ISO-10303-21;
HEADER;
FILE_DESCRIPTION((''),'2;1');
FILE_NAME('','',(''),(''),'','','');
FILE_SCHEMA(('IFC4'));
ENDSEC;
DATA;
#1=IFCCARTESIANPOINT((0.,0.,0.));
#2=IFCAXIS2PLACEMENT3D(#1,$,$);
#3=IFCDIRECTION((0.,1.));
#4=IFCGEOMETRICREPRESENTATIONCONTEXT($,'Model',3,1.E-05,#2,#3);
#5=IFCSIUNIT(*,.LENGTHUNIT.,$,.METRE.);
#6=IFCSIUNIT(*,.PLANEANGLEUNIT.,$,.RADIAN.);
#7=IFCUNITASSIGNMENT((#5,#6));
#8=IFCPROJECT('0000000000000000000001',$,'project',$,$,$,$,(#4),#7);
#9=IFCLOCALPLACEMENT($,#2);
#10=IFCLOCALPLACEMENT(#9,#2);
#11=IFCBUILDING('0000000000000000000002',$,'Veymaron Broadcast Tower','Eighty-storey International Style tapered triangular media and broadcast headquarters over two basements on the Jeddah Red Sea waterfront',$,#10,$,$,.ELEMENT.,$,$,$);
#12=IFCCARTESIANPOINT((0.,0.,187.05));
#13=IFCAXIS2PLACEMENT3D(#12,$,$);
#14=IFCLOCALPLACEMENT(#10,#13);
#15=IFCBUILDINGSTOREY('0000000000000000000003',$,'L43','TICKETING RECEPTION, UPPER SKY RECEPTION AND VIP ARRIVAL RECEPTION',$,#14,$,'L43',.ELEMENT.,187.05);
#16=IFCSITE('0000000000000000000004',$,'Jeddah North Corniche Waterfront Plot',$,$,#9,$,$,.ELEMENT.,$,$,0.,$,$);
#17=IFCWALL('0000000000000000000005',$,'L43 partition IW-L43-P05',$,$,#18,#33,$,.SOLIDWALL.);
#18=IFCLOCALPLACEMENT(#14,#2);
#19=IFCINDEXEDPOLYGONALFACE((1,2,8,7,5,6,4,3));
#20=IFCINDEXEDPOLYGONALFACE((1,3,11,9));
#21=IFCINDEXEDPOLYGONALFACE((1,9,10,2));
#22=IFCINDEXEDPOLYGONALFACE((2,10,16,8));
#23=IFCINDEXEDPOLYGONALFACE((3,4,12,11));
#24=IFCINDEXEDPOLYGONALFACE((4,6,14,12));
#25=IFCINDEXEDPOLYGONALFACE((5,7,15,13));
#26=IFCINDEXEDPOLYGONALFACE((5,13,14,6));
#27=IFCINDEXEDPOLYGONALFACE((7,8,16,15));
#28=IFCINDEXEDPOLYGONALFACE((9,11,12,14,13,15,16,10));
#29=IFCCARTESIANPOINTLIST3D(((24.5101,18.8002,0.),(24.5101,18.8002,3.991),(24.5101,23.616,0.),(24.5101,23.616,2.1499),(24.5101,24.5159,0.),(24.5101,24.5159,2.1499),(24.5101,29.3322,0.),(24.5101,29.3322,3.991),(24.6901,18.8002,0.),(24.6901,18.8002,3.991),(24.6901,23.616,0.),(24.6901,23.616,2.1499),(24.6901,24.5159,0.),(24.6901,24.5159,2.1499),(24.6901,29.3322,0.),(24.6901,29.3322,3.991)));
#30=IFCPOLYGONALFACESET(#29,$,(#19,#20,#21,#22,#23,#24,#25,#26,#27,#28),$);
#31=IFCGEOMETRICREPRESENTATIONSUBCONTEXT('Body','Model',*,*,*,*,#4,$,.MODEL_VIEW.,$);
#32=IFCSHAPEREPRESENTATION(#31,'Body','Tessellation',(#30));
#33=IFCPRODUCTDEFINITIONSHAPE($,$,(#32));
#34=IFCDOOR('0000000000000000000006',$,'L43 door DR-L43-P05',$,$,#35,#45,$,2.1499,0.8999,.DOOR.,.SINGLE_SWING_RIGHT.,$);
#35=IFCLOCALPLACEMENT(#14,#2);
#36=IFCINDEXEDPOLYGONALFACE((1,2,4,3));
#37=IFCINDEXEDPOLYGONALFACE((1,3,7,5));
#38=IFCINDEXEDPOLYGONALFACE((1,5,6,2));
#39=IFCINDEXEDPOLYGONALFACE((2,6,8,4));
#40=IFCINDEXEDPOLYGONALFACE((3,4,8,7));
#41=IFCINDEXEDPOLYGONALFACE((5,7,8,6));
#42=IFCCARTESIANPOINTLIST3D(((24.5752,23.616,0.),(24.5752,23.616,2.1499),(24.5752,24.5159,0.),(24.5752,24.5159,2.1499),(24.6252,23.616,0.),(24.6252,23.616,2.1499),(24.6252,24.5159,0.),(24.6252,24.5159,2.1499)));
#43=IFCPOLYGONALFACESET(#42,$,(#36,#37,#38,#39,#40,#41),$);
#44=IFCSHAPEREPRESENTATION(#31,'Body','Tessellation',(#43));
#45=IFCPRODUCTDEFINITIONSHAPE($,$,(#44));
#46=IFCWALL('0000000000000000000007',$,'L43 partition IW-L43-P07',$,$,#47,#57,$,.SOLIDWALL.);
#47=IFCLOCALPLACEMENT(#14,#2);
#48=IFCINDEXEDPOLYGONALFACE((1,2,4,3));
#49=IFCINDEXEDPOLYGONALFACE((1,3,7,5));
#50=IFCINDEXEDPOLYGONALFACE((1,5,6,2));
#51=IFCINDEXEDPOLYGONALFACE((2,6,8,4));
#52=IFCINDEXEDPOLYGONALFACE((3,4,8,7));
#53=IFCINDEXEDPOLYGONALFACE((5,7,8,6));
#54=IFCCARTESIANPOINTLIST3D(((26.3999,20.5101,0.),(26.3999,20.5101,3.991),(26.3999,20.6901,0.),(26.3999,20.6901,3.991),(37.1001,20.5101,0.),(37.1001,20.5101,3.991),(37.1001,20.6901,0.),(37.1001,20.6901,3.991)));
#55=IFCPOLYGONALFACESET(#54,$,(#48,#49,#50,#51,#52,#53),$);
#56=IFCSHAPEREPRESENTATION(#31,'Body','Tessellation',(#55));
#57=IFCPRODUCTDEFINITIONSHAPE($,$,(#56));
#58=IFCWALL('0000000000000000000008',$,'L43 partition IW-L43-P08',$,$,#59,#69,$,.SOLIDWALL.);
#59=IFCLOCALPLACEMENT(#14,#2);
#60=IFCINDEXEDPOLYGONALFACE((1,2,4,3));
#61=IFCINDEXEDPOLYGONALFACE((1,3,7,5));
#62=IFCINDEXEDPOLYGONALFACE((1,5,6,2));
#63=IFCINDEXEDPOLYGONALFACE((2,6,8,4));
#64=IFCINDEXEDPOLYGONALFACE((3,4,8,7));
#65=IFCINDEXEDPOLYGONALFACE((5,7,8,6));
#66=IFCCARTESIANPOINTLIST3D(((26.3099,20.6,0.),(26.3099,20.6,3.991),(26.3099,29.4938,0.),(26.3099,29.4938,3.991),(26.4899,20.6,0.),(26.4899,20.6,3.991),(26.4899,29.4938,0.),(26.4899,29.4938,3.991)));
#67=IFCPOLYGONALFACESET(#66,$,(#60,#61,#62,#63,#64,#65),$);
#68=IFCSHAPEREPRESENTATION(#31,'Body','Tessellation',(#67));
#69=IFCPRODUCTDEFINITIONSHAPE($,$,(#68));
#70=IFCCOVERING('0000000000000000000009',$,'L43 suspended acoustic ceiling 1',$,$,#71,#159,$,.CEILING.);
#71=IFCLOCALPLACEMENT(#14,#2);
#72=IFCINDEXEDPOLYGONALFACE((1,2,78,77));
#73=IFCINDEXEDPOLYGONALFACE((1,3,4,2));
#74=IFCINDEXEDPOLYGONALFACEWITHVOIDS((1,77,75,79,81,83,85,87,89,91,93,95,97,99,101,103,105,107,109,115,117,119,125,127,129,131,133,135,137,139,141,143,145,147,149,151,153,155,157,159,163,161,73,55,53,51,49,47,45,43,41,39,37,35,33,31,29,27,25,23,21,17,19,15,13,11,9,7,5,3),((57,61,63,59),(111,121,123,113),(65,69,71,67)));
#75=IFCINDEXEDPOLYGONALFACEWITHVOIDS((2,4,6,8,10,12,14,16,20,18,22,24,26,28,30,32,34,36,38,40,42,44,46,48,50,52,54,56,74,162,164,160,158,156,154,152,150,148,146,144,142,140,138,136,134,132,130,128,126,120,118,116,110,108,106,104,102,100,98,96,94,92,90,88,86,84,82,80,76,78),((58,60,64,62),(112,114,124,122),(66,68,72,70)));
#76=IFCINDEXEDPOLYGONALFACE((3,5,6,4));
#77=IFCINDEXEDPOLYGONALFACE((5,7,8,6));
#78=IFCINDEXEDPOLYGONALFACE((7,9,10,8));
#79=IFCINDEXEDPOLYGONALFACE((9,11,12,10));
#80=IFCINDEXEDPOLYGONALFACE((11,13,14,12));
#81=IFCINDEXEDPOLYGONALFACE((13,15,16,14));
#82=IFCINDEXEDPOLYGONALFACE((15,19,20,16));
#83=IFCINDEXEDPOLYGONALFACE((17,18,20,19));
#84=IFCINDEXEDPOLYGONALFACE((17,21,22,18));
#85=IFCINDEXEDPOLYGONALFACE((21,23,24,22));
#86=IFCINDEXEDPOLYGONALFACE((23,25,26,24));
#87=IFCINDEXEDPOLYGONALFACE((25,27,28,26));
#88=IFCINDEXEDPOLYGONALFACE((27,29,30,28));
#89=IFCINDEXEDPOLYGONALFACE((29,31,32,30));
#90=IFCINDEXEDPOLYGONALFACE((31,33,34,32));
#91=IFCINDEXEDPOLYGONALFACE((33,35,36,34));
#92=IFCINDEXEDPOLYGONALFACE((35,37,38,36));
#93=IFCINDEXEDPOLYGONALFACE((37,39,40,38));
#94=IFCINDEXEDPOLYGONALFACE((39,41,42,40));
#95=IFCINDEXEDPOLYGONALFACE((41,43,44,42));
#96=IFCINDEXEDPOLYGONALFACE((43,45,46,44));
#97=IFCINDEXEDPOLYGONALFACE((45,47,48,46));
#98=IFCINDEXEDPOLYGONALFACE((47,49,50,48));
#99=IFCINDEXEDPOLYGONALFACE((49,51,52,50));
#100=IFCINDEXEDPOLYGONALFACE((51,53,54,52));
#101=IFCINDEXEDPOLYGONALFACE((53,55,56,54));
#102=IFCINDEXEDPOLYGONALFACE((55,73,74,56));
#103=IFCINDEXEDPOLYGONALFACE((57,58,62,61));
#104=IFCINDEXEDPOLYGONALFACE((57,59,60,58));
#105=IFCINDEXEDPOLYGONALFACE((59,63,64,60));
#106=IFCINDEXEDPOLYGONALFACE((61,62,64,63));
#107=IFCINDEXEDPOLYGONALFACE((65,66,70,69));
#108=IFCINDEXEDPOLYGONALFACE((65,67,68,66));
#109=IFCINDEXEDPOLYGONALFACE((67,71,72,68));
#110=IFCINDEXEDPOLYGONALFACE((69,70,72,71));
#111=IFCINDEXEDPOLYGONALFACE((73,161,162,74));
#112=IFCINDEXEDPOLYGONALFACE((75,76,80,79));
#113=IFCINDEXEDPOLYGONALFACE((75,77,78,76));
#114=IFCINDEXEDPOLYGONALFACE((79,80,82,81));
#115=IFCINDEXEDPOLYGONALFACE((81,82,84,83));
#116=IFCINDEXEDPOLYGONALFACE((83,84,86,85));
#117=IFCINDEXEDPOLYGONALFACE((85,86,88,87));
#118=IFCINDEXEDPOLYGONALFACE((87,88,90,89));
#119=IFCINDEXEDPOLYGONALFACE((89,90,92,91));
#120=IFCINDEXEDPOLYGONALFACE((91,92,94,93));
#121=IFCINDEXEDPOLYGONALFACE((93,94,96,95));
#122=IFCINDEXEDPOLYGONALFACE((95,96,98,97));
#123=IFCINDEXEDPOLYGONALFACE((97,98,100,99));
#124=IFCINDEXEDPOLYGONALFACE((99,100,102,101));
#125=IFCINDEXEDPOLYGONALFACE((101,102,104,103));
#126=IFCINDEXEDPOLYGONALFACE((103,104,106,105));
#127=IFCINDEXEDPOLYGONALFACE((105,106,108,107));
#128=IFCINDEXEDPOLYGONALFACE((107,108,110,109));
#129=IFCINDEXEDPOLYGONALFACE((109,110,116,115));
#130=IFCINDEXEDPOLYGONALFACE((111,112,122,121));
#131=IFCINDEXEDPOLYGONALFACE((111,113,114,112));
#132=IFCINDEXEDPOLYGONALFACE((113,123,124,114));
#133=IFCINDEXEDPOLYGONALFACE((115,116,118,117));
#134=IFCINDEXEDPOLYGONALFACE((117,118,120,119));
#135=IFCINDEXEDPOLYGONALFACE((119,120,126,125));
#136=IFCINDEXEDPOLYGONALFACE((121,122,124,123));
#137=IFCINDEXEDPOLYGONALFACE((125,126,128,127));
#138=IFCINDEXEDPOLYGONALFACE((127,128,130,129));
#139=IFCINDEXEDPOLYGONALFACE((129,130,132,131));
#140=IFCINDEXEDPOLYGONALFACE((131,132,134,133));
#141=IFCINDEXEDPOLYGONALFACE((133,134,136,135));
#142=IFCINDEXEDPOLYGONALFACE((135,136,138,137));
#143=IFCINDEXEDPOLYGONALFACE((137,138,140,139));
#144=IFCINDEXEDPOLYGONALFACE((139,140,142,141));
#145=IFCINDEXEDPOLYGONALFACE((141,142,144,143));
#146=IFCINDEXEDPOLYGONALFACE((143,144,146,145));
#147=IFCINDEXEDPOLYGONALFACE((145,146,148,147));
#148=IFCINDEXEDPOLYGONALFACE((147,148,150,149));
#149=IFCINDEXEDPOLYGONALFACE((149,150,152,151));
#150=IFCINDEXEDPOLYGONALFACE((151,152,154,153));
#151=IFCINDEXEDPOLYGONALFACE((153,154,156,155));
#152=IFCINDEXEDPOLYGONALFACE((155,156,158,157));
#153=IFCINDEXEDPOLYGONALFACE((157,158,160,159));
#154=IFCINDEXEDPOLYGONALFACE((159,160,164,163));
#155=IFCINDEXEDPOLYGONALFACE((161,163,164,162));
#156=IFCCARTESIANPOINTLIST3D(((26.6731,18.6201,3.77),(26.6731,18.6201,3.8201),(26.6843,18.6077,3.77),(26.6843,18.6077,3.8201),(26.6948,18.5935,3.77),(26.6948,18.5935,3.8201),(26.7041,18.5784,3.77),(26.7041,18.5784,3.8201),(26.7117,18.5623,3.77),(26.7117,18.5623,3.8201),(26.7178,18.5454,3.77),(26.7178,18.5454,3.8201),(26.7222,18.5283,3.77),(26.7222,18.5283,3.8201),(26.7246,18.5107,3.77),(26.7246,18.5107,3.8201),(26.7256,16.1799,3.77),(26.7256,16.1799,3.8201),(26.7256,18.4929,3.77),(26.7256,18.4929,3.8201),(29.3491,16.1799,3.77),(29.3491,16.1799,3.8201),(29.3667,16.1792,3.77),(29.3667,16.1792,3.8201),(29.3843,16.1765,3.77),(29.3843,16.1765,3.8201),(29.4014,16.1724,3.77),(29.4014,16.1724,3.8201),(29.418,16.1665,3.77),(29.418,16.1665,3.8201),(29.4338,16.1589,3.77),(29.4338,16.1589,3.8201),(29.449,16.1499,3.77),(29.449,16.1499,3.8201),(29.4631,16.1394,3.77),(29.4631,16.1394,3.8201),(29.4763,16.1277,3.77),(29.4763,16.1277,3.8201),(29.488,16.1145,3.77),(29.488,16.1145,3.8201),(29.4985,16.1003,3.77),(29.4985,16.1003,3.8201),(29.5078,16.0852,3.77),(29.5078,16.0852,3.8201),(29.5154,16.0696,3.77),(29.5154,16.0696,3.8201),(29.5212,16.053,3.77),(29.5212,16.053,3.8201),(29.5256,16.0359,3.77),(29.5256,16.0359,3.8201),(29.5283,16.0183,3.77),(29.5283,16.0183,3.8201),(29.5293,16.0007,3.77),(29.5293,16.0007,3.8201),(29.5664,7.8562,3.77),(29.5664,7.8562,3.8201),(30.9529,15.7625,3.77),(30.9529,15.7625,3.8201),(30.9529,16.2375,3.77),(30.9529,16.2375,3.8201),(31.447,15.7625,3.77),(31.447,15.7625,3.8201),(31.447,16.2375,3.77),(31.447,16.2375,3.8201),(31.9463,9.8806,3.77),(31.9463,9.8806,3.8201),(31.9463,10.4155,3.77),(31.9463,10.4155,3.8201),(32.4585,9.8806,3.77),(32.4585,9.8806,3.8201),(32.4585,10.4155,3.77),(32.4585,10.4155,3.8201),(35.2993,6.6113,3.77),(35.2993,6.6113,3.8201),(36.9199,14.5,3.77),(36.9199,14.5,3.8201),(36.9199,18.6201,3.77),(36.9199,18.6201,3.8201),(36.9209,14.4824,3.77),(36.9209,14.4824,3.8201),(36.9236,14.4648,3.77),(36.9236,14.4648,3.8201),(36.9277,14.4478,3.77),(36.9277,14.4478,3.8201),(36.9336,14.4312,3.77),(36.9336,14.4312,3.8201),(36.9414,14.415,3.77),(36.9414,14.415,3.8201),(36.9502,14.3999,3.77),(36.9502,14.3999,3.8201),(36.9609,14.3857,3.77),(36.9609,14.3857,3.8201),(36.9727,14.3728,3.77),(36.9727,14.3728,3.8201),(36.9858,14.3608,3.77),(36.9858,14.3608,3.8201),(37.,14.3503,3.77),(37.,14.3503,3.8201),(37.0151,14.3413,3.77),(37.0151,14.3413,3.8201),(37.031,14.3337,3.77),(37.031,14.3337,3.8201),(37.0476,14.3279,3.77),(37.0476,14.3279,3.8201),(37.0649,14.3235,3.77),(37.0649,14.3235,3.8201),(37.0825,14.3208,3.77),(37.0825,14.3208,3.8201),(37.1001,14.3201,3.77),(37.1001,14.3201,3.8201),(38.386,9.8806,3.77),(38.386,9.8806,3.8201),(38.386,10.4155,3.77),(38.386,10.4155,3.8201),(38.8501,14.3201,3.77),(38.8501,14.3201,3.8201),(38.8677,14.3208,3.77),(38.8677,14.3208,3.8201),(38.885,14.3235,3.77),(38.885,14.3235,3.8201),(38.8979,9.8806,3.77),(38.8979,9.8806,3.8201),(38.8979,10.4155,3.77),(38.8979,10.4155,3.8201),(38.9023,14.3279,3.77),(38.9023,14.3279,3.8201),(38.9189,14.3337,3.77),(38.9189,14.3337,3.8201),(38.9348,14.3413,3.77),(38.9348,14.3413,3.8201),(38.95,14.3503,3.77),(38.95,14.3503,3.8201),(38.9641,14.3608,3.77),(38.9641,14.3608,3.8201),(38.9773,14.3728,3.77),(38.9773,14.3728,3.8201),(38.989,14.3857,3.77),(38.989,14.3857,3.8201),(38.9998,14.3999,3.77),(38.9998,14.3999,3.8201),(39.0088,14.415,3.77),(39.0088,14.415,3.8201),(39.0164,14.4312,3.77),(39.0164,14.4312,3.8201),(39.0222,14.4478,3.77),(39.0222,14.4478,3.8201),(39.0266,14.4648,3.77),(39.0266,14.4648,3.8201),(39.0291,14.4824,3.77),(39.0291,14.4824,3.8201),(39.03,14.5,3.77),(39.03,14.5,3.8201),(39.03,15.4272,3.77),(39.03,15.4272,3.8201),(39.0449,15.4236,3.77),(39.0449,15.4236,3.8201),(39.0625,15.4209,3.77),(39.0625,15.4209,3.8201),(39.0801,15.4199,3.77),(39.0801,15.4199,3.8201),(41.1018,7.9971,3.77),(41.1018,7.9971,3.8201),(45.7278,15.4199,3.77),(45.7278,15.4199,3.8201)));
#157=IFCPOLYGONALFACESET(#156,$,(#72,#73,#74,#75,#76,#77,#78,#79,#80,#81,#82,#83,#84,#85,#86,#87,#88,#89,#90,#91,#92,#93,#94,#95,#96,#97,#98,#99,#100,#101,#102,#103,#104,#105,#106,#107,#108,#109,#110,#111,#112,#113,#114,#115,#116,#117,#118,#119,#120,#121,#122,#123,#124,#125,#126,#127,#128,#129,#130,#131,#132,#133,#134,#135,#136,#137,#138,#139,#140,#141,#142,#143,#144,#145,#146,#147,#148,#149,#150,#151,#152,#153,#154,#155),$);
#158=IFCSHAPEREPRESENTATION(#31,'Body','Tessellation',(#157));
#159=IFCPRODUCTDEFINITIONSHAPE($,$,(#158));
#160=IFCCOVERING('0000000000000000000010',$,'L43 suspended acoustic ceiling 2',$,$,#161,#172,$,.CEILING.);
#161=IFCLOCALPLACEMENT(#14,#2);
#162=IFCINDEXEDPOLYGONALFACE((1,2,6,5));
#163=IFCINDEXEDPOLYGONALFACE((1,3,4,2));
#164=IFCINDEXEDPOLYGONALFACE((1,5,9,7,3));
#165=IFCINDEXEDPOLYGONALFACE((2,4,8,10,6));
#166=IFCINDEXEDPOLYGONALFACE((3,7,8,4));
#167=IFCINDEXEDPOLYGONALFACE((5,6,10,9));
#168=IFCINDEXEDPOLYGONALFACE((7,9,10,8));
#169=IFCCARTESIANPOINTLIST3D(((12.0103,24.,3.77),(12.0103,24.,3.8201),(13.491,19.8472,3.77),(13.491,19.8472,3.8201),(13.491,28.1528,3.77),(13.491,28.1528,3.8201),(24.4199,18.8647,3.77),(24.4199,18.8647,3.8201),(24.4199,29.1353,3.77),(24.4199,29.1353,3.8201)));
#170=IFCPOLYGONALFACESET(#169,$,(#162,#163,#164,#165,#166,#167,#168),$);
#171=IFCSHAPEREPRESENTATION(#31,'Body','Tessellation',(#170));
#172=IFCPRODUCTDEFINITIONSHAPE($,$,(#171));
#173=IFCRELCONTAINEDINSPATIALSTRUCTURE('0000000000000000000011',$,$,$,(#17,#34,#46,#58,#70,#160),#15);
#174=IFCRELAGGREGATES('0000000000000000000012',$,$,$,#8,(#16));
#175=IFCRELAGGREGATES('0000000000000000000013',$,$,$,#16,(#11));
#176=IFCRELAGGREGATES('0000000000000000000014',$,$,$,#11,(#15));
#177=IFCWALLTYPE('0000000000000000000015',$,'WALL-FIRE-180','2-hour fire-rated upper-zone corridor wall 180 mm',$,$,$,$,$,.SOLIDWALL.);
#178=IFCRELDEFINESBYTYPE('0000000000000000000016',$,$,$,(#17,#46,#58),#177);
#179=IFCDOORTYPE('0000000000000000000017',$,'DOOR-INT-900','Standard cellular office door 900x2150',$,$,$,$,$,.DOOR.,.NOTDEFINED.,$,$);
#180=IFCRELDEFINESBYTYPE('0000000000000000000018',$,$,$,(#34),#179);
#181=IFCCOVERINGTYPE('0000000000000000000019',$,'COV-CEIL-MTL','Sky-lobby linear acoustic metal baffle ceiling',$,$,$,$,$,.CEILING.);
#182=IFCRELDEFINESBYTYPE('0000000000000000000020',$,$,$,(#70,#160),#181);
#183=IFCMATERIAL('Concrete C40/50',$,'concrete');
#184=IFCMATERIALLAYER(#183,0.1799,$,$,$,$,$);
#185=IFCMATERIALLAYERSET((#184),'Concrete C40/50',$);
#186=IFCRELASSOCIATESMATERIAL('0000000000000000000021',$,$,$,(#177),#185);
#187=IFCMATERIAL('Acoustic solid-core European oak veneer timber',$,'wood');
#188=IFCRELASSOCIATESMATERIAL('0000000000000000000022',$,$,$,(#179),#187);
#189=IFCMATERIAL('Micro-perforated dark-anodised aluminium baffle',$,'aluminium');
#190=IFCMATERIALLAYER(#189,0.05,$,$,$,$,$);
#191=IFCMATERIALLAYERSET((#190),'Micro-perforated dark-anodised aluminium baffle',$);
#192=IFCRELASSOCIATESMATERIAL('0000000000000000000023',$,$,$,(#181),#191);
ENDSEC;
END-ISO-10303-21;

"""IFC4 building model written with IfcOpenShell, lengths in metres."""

from ifc_helpers import new_model, si_unit, direction, frame, frame_2d, origin, place, context, subcontext, project, spatial, polyline, rectangle, outline, extrude, material, layer, layer_set, type_object, element, fill, save


model = new_model("IFC4")

# Units and contexts
model_context = context("Model", 3, precision=1e-05, world=origin(), true_north=direction((0.0, 1.0)))
body_context = subcontext(model_context, "Body", "Model", "MODEL_VIEW")
ifc_project = project(units=[si_unit("LENGTHUNIT", "METRE"), si_unit("PLANEANGLEUNIT", "RADIAN")], contexts=[model_context])

# Site, building, storey
site_placement = place(None, origin())
site = spatial("IfcSite", under=ifc_project, at=site_placement, Name="Jeddah North Corniche Waterfront Plot", CompositionType="ELEMENT", RefElevation=0.0)
building_placement = place(site_placement, origin())
building = spatial("IfcBuilding", under=site, at=building_placement, Name="Veymaron Broadcast Tower", Description="Eighty-storey International Style tapered triangular media and broadcast headquarters over two basements on the Jeddah Red Sea waterfront", CompositionType="ELEMENT")
storey_placement = place(building_placement, frame((0.0, 0.0, 187.05)))
storey = spatial("IfcBuildingStorey", under=building, at=storey_placement, Name="L43", Description="TICKETING RECEPTION, UPPER SKY RECEPTION AND VIP ARRIVAL RECEPTION", LongName="L43", CompositionType="ELEMENT", Elevation=187.05)

# Shared definitions
ifc_material_1 = material(Name="Concrete C40/50", Category="concrete")

# Wall, opening, door
ifc_layer_1 = layer(ifc_material_1, 0.1799)
ifc_layer_set_1 = layer_set([ifc_layer_1], Name="Concrete C40/50")
wall_type_1 = type_object("IfcWallType", Name="WALL-FIRE-180", Description="2-hour fire-rated upper-zone corridor wall 180 mm", PredefinedType="SOLIDWALL", material=ifc_layer_set_1)
ifc_material_2 = material(Name="Acoustic solid-core European oak veneer timber", Category="wood")
door_type = type_object("IfcDoorType", Name="DOOR-INT-900", Description="Standard cellular office door 900x2150", OperationType="NOTDEFINED", PredefinedType="DOOR", material=ifc_material_2)
wall_1_placement = place(storey_placement, frame((24.6001, 18.8, 0.0), z_axis=(0.0, 0.0, 1.0), x_axis=(0.0, 1.0, 0.0)))
wall_1 = element("IfcWall", 1, at=wall_1_placement, inside=storey, type_object=wall_type_1, Name="L43 partition IW-L43-P05", PredefinedType="SOLIDWALL", context=body_context, shape_type="SweptSolid", body=[
    extrude(rectangle(XDim=10.532, YDim=0.1799, at=frame_2d((5.2661, 0.0))), origin(), (0.0, 0.0, 1.0), 3.991),
])
opening_1_placement = place(wall_1_placement, frame((4.8159, 0.0, 0.0)))
opening_1 = element("IfcOpeningElement", 2, at=opening_1_placement, cuts=wall_1, PredefinedType="OPENING", context=body_context, shape_type="SweptSolid", body=[
    extrude(rectangle(XDim=0.8999, YDim=2.1499, at=frame_2d((0.45, 1.075))), frame((0.0, 0.1001, 0.0), z_axis=(0.0, -1.0, 0.0), x_axis=(1.0, 0.0, 0.0)), (0.0, 0.0, 1.0), 0.2),
])
door_1_placement = place(opening_1_placement, origin())
door_1 = element("IfcDoor", 3, at=door_1_placement, inside=storey, type_object=door_type, Name="L43 door DR-L43-P05", OperationType="SINGLE_SWING_RIGHT", OverallHeight=2.1499, OverallWidth=0.8999, PredefinedType="DOOR", context=body_context, shape_type="SweptSolid", body=[
    extrude(rectangle(XDim=0.8999, YDim=2.1499, at=frame_2d((0.45, 1.075))), frame((0.0, 0.0249, 0.0), z_axis=(0.0, -1.0, 0.0), x_axis=(1.0, 0.0, 0.0)), (0.0, 0.0, 1.0), 0.05),
])
fill(opening_1, door_1)

# Walls
wall_2_placement = place(storey_placement, frame((26.3999, 20.6001, 0.0), z_axis=(0.0, 0.0, 1.0), x_axis=(1.0, 0.0, 0.0)))
element("IfcWall", 4, at=wall_2_placement, inside=storey, type_object=wall_type_1, Name="L43 partition IW-L43-P07", PredefinedType="SOLIDWALL", context=body_context, shape_type="SweptSolid", body=[
    extrude(rectangle(XDim=10.7002, YDim=0.1799, at=frame_2d((5.3501, 0.0))), origin(), (0.0, 0.0, 1.0), 3.991),
])
wall_3_placement = place(storey_placement, frame((26.3999, 20.6001, 0.0), z_axis=(0.0, 0.0, 1.0), x_axis=(0.0, 1.0, 0.0)))
element("IfcWall", 5, at=wall_3_placement, inside=storey, type_object=wall_type_1, Name="L43 partition IW-L43-P08", PredefinedType="SOLIDWALL", context=body_context, shape_type="SweptSolid", body=[
    extrude(rectangle(XDim=8.8938, YDim=0.1799, at=frame_2d((4.4468, 0.0))), origin(), (0.0, 0.0, 1.0), 3.991),
])

# Coverings
ifc_material_3 = material(Name="Micro-perforated dark-anodised aluminium baffle", Category="aluminium")
ifc_layer_2 = layer(ifc_material_3, 0.05)
ifc_layer_set_2 = layer_set([ifc_layer_2], Name="Micro-perforated dark-anodised aluminium baffle")
covering_type_1 = type_object("IfcCoveringType", Name="COV-CEIL-MTL", Description="Sky-lobby linear acoustic metal baffle ceiling", PredefinedType="CEILING", material=ifc_layer_set_2)
covering_1_placement = place(storey_placement, frame((0.0, 0.0, 3.77)))
element("IfcCovering", 6, at=covering_1_placement, inside=storey, type_object=covering_type_1, Name="L43 suspended acoustic ceiling 1", PredefinedType="CEILING", context=body_context, shape_type="SweptSolid", body=[
    extrude(outline(polyline([(37.0476, 14.3279), (37.0649, 14.3235), (37.0825, 14.3208), (37.1001, 14.3201), (38.8501, 14.3201), (38.8677, 14.3208), (38.885, 14.3235), (38.9023, 14.3279), (38.9189, 14.3337), (38.9348, 14.3413), (38.95, 14.3503), (38.9641, 14.3608), (38.9773, 14.3728), (38.989, 14.3857), (38.9998, 14.3999), (39.0088, 14.415), (39.0164, 14.4312), (39.0222, 14.4478), (39.0266, 14.4648), (39.0291, 14.4824), (39.03, 14.5), (39.03, 15.4272), (39.0449, 15.4236), (39.0625, 15.4209), (39.0801, 15.4199), (45.7278, 15.4199), (41.1018, 7.9971), (35.2993, 6.6113), (29.5664, 7.8562), (29.5293, 16.0007), (29.5283, 16.0183), (29.5256, 16.0359), (29.5212, 16.053), (29.5154, 16.0696), (29.5078, 16.0852), (29.4985, 16.1003), (29.488, 16.1145), (29.4763, 16.1277), (29.4631, 16.1394), (29.449, 16.1499), (29.4338, 16.1589), (29.418, 16.1665), (29.4014, 16.1724), (29.3843, 16.1765), (29.3667, 16.1792), (29.3491, 16.1799), (26.7256, 16.1799), (26.7256, 18.4929), (26.7246, 18.5107), (26.7222, 18.5283), (26.7178, 18.5454), (26.7117, 18.5623), (26.7041, 18.5784), (26.6948, 18.5935), (26.6843, 18.6077), (26.6731, 18.6201), (36.9199, 18.6201), (36.9199, 14.5), (36.9209, 14.4824), (36.9236, 14.4648), (36.9277, 14.4478), (36.9336, 14.4312), (36.9414, 14.415), (36.9502, 14.3999), (36.9609, 14.3857), (36.9727, 14.3728), (36.9858, 14.3608), (37.0, 14.3503), (37.0151, 14.3413), (37.031, 14.3337), (37.0476, 14.3279)]), holes=[polyline([(38.8979, 10.4155), (38.386, 10.4155), (38.386, 9.8806), (38.8979, 9.8806), (38.8979, 10.4155)]), polyline([(31.9463, 10.4155), (31.9463, 9.8806), (32.4585, 9.8806), (32.4585, 10.4155), (31.9463, 10.4155)]), polyline([(30.9529, 16.2375), (30.9529, 15.7625), (31.447, 15.7625), (31.447, 16.2375), (30.9529, 16.2375)])]), origin(), (0.0, 0.0, 1.0), 0.05),
])
covering_2_placement = place(storey_placement, frame((0.0, 0.0, 3.77)))
element("IfcCovering", 7, at=covering_2_placement, inside=storey, type_object=covering_type_1, Name="L43 suspended acoustic ceiling 2", PredefinedType="CEILING", context=body_context, shape_type="SweptSolid", body=[
    extrude(outline(polyline([(13.491, 19.8472), (12.0103, 24.0), (13.491, 28.1528), (24.4199, 29.1353), (24.4199, 18.8647), (13.491, 19.8472)])), origin(), (0.0, 0.0, 1.0), 0.05),
])

save(model, "model.ifc")
